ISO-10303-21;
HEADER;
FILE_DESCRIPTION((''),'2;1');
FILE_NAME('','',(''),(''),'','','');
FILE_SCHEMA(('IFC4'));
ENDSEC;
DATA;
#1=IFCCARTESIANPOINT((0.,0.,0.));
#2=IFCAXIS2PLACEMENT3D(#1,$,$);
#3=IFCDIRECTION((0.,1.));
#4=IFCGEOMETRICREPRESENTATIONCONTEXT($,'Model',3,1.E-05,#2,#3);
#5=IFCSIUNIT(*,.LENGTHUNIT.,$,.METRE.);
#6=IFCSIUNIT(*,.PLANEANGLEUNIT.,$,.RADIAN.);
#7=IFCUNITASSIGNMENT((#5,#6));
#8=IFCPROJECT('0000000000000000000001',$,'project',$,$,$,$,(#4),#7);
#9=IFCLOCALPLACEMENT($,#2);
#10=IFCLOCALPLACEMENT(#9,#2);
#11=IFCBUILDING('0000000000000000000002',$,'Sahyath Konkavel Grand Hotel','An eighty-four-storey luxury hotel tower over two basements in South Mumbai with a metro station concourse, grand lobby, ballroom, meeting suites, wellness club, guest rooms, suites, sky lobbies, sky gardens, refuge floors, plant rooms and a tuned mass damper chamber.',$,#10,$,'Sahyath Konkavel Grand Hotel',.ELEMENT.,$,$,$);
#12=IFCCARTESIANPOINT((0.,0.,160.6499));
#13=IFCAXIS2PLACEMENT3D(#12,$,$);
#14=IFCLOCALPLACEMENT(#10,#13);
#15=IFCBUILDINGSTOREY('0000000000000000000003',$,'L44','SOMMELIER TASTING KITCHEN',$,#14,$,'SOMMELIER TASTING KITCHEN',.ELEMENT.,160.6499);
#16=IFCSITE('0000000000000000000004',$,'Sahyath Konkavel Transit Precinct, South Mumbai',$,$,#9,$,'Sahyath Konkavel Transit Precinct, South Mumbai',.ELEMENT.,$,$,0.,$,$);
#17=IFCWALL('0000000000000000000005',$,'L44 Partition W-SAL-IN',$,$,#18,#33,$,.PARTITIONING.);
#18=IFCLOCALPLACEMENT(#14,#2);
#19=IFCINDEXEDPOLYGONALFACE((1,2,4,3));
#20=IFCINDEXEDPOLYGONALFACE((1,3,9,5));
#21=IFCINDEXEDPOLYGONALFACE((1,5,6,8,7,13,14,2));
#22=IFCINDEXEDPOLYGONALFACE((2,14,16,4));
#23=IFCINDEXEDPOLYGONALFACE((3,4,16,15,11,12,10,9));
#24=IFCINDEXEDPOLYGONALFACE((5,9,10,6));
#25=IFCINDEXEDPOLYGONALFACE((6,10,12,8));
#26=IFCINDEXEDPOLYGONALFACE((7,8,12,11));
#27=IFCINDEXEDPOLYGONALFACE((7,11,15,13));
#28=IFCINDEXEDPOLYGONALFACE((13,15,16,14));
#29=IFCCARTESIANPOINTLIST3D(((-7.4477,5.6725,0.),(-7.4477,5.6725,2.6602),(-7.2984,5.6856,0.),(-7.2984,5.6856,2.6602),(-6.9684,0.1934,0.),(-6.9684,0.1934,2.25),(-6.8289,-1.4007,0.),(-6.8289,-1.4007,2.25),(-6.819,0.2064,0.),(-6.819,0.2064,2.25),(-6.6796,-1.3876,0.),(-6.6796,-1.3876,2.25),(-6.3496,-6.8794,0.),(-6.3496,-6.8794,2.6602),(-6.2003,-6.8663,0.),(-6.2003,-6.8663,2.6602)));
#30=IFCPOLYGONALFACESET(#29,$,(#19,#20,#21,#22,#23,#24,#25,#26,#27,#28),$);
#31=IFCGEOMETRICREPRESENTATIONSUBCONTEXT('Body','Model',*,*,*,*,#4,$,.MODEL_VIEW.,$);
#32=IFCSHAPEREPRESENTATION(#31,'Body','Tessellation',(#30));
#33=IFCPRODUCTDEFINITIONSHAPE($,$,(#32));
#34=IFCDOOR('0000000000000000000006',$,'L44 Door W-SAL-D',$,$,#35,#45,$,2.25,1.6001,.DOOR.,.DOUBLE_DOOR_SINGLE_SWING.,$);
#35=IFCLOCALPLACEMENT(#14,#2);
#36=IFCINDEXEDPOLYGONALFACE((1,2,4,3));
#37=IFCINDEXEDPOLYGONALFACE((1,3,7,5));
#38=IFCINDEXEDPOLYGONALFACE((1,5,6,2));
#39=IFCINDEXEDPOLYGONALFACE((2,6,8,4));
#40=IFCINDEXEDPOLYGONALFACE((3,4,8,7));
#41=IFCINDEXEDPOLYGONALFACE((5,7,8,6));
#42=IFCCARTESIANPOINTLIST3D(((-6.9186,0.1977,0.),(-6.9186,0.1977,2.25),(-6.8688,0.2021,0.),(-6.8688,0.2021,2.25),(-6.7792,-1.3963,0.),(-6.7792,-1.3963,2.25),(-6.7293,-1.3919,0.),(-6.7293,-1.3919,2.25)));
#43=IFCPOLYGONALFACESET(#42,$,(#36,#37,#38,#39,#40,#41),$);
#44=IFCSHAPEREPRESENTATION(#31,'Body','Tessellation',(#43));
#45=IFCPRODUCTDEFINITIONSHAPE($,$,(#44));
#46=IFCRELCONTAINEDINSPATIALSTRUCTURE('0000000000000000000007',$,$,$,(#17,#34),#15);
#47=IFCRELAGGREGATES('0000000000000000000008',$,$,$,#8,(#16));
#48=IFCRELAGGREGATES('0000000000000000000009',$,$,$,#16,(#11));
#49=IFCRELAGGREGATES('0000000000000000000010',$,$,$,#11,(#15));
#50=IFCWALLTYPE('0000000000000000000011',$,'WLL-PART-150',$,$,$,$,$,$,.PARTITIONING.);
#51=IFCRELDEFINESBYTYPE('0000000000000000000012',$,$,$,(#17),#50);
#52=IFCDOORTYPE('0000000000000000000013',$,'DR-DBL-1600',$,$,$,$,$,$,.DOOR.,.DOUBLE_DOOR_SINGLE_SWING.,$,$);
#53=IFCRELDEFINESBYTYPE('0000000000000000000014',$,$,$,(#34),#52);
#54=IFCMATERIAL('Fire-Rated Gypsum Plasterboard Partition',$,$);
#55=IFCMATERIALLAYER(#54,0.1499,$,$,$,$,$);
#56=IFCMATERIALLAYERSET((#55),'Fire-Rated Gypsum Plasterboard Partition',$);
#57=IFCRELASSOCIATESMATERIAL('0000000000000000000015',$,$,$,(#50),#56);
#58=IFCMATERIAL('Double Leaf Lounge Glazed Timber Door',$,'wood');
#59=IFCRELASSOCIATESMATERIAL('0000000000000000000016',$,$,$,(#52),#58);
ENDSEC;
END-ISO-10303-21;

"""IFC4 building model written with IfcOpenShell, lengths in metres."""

from ifc_helpers import new_model, si_unit, direction, frame, frame_2d, origin, origin_2d, place, context, subcontext, project, spatial, rectangle, extrude, source, transform, mapped, material, layer, layer_set, type_object, element, fill, save


model = new_model("IFC4")

# Units and contexts
model_context = context("Model", 3, precision=1e-05, world=origin(), true_north=direction((0.0, 1.0)))
body_context = subcontext(model_context, "Body", "Model", "MODEL_VIEW")
ifc_project = project(units=[si_unit("LENGTHUNIT", "METRE"), si_unit("PLANEANGLEUNIT", "RADIAN")], contexts=[model_context])

# Site, building, storey
site_placement = place(None, origin())
site = spatial("IfcSite", under=ifc_project, at=site_placement, Name="Sahyath Konkavel Transit Precinct, South Mumbai", LongName="Sahyath Konkavel Transit Precinct, South Mumbai", CompositionType="ELEMENT", RefElevation=0.0)
building_placement = place(site_placement, origin())
building = spatial("IfcBuilding", under=site, at=building_placement, Name="Sahyath Konkavel Grand Hotel", Description="An eighty-four-storey luxury hotel tower over two basements in South Mumbai with a metro station concourse, grand lobby, ballroom, meeting suites, wellness club, guest rooms, suites, sky lobbies, sky gardens, refuge floors, plant rooms and a tuned mass damper chamber.", LongName="Sahyath Konkavel Grand Hotel", CompositionType="ELEMENT")
storey_placement = place(building_placement, frame((0.0, 0.0, 160.6499)))
storey = spatial("IfcBuildingStorey", under=building, at=storey_placement, Name="L44", Description="SOMMELIER TASTING KITCHEN", LongName="SOMMELIER TASTING KITCHEN", CompositionType="ELEMENT", Elevation=160.6499)

# Shared definitions
ifc_material_1 = material(Name="Fire-Rated Gypsum Plasterboard Partition")
ifc_layer_1 = layer(ifc_material_1, 0.1499)
ifc_layer_set_1 = layer_set([ifc_layer_1], Name="Fire-Rated Gypsum Plasterboard Partition")
wall_type_1 = type_object("IfcWallType", Name="WLL-PART-150", PredefinedType="PARTITIONING", material=ifc_layer_set_1)

# Wall, opening, door
wall_1_placement = place(storey_placement, frame((-7.373, 5.679, 0.0), z_axis=(0.0, 0.0, 1.0), x_axis=(0.087155, -0.996195, 0.0)))
wall_1 = element("IfcWall", 1, at=wall_1_placement, inside=storey, type_object=wall_type_1, Name="L44 Partition W-SAL-IN", PredefinedType="PARTITIONING", context=body_context, shape_type="SweptSolid", body=[
    extrude(rectangle(XDim=12.5999, YDim=0.1499, at=frame_2d((6.2998, 0.0))), origin(), (0.0, 0.0, 1.0), 2.6602),
])
opening_1_placement = place(wall_1_placement, frame((5.5, 0.0, 0.0)))
opening_1 = element("IfcOpeningElement", 2, at=opening_1_placement, cuts=wall_1, PredefinedType="OPENING", context=body_context, shape_type="SweptSolid", body=[
    extrude(rectangle(XDim=1.6001, YDim=2.25, at=frame_2d((0.8, 1.125))), frame((0.0, 0.085, 0.0), z_axis=(0.0, -1.0, 0.0), x_axis=(1.0, 0.0, 0.0)), (0.0, 0.0, 1.0), 0.1699),
])
ifc_material_2 = material(Name="Double Leaf Lounge Glazed Timber Door", Category="wood")
door_type_1 = type_object("IfcDoorType", Name="DR-DBL-1600", OperationType="DOUBLE_DOOR_SINGLE_SWING", PredefinedType="DOOR", material=ifc_material_2)
shared_shape_1 = source(origin(), body_context, "Body", "SweptSolid", [
    extrude(rectangle(XDim=1.6001, YDim=0.05, at=origin_2d()), origin(), (0.0, 0.0, 1.0), 2.25),
])
door_1_placement = place(opening_1_placement, frame((0.8, 0.0, 0.0)))
door_1 = element("IfcDoor", 3, at=door_1_placement, inside=storey, type_object=door_type_1, Name="L44 Door W-SAL-D", OperationType="DOUBLE_DOOR_SINGLE_SWING", OverallHeight=2.25, OverallWidth=1.6001, PredefinedType="DOOR", context=body_context, shape_type="MappedRepresentation", body=[
    mapped(shared_shape_1, transform((0.0, 0.0, 0.0), scale=1.0)),
])
fill(opening_1, door_1)

save(model, "model.ifc")
